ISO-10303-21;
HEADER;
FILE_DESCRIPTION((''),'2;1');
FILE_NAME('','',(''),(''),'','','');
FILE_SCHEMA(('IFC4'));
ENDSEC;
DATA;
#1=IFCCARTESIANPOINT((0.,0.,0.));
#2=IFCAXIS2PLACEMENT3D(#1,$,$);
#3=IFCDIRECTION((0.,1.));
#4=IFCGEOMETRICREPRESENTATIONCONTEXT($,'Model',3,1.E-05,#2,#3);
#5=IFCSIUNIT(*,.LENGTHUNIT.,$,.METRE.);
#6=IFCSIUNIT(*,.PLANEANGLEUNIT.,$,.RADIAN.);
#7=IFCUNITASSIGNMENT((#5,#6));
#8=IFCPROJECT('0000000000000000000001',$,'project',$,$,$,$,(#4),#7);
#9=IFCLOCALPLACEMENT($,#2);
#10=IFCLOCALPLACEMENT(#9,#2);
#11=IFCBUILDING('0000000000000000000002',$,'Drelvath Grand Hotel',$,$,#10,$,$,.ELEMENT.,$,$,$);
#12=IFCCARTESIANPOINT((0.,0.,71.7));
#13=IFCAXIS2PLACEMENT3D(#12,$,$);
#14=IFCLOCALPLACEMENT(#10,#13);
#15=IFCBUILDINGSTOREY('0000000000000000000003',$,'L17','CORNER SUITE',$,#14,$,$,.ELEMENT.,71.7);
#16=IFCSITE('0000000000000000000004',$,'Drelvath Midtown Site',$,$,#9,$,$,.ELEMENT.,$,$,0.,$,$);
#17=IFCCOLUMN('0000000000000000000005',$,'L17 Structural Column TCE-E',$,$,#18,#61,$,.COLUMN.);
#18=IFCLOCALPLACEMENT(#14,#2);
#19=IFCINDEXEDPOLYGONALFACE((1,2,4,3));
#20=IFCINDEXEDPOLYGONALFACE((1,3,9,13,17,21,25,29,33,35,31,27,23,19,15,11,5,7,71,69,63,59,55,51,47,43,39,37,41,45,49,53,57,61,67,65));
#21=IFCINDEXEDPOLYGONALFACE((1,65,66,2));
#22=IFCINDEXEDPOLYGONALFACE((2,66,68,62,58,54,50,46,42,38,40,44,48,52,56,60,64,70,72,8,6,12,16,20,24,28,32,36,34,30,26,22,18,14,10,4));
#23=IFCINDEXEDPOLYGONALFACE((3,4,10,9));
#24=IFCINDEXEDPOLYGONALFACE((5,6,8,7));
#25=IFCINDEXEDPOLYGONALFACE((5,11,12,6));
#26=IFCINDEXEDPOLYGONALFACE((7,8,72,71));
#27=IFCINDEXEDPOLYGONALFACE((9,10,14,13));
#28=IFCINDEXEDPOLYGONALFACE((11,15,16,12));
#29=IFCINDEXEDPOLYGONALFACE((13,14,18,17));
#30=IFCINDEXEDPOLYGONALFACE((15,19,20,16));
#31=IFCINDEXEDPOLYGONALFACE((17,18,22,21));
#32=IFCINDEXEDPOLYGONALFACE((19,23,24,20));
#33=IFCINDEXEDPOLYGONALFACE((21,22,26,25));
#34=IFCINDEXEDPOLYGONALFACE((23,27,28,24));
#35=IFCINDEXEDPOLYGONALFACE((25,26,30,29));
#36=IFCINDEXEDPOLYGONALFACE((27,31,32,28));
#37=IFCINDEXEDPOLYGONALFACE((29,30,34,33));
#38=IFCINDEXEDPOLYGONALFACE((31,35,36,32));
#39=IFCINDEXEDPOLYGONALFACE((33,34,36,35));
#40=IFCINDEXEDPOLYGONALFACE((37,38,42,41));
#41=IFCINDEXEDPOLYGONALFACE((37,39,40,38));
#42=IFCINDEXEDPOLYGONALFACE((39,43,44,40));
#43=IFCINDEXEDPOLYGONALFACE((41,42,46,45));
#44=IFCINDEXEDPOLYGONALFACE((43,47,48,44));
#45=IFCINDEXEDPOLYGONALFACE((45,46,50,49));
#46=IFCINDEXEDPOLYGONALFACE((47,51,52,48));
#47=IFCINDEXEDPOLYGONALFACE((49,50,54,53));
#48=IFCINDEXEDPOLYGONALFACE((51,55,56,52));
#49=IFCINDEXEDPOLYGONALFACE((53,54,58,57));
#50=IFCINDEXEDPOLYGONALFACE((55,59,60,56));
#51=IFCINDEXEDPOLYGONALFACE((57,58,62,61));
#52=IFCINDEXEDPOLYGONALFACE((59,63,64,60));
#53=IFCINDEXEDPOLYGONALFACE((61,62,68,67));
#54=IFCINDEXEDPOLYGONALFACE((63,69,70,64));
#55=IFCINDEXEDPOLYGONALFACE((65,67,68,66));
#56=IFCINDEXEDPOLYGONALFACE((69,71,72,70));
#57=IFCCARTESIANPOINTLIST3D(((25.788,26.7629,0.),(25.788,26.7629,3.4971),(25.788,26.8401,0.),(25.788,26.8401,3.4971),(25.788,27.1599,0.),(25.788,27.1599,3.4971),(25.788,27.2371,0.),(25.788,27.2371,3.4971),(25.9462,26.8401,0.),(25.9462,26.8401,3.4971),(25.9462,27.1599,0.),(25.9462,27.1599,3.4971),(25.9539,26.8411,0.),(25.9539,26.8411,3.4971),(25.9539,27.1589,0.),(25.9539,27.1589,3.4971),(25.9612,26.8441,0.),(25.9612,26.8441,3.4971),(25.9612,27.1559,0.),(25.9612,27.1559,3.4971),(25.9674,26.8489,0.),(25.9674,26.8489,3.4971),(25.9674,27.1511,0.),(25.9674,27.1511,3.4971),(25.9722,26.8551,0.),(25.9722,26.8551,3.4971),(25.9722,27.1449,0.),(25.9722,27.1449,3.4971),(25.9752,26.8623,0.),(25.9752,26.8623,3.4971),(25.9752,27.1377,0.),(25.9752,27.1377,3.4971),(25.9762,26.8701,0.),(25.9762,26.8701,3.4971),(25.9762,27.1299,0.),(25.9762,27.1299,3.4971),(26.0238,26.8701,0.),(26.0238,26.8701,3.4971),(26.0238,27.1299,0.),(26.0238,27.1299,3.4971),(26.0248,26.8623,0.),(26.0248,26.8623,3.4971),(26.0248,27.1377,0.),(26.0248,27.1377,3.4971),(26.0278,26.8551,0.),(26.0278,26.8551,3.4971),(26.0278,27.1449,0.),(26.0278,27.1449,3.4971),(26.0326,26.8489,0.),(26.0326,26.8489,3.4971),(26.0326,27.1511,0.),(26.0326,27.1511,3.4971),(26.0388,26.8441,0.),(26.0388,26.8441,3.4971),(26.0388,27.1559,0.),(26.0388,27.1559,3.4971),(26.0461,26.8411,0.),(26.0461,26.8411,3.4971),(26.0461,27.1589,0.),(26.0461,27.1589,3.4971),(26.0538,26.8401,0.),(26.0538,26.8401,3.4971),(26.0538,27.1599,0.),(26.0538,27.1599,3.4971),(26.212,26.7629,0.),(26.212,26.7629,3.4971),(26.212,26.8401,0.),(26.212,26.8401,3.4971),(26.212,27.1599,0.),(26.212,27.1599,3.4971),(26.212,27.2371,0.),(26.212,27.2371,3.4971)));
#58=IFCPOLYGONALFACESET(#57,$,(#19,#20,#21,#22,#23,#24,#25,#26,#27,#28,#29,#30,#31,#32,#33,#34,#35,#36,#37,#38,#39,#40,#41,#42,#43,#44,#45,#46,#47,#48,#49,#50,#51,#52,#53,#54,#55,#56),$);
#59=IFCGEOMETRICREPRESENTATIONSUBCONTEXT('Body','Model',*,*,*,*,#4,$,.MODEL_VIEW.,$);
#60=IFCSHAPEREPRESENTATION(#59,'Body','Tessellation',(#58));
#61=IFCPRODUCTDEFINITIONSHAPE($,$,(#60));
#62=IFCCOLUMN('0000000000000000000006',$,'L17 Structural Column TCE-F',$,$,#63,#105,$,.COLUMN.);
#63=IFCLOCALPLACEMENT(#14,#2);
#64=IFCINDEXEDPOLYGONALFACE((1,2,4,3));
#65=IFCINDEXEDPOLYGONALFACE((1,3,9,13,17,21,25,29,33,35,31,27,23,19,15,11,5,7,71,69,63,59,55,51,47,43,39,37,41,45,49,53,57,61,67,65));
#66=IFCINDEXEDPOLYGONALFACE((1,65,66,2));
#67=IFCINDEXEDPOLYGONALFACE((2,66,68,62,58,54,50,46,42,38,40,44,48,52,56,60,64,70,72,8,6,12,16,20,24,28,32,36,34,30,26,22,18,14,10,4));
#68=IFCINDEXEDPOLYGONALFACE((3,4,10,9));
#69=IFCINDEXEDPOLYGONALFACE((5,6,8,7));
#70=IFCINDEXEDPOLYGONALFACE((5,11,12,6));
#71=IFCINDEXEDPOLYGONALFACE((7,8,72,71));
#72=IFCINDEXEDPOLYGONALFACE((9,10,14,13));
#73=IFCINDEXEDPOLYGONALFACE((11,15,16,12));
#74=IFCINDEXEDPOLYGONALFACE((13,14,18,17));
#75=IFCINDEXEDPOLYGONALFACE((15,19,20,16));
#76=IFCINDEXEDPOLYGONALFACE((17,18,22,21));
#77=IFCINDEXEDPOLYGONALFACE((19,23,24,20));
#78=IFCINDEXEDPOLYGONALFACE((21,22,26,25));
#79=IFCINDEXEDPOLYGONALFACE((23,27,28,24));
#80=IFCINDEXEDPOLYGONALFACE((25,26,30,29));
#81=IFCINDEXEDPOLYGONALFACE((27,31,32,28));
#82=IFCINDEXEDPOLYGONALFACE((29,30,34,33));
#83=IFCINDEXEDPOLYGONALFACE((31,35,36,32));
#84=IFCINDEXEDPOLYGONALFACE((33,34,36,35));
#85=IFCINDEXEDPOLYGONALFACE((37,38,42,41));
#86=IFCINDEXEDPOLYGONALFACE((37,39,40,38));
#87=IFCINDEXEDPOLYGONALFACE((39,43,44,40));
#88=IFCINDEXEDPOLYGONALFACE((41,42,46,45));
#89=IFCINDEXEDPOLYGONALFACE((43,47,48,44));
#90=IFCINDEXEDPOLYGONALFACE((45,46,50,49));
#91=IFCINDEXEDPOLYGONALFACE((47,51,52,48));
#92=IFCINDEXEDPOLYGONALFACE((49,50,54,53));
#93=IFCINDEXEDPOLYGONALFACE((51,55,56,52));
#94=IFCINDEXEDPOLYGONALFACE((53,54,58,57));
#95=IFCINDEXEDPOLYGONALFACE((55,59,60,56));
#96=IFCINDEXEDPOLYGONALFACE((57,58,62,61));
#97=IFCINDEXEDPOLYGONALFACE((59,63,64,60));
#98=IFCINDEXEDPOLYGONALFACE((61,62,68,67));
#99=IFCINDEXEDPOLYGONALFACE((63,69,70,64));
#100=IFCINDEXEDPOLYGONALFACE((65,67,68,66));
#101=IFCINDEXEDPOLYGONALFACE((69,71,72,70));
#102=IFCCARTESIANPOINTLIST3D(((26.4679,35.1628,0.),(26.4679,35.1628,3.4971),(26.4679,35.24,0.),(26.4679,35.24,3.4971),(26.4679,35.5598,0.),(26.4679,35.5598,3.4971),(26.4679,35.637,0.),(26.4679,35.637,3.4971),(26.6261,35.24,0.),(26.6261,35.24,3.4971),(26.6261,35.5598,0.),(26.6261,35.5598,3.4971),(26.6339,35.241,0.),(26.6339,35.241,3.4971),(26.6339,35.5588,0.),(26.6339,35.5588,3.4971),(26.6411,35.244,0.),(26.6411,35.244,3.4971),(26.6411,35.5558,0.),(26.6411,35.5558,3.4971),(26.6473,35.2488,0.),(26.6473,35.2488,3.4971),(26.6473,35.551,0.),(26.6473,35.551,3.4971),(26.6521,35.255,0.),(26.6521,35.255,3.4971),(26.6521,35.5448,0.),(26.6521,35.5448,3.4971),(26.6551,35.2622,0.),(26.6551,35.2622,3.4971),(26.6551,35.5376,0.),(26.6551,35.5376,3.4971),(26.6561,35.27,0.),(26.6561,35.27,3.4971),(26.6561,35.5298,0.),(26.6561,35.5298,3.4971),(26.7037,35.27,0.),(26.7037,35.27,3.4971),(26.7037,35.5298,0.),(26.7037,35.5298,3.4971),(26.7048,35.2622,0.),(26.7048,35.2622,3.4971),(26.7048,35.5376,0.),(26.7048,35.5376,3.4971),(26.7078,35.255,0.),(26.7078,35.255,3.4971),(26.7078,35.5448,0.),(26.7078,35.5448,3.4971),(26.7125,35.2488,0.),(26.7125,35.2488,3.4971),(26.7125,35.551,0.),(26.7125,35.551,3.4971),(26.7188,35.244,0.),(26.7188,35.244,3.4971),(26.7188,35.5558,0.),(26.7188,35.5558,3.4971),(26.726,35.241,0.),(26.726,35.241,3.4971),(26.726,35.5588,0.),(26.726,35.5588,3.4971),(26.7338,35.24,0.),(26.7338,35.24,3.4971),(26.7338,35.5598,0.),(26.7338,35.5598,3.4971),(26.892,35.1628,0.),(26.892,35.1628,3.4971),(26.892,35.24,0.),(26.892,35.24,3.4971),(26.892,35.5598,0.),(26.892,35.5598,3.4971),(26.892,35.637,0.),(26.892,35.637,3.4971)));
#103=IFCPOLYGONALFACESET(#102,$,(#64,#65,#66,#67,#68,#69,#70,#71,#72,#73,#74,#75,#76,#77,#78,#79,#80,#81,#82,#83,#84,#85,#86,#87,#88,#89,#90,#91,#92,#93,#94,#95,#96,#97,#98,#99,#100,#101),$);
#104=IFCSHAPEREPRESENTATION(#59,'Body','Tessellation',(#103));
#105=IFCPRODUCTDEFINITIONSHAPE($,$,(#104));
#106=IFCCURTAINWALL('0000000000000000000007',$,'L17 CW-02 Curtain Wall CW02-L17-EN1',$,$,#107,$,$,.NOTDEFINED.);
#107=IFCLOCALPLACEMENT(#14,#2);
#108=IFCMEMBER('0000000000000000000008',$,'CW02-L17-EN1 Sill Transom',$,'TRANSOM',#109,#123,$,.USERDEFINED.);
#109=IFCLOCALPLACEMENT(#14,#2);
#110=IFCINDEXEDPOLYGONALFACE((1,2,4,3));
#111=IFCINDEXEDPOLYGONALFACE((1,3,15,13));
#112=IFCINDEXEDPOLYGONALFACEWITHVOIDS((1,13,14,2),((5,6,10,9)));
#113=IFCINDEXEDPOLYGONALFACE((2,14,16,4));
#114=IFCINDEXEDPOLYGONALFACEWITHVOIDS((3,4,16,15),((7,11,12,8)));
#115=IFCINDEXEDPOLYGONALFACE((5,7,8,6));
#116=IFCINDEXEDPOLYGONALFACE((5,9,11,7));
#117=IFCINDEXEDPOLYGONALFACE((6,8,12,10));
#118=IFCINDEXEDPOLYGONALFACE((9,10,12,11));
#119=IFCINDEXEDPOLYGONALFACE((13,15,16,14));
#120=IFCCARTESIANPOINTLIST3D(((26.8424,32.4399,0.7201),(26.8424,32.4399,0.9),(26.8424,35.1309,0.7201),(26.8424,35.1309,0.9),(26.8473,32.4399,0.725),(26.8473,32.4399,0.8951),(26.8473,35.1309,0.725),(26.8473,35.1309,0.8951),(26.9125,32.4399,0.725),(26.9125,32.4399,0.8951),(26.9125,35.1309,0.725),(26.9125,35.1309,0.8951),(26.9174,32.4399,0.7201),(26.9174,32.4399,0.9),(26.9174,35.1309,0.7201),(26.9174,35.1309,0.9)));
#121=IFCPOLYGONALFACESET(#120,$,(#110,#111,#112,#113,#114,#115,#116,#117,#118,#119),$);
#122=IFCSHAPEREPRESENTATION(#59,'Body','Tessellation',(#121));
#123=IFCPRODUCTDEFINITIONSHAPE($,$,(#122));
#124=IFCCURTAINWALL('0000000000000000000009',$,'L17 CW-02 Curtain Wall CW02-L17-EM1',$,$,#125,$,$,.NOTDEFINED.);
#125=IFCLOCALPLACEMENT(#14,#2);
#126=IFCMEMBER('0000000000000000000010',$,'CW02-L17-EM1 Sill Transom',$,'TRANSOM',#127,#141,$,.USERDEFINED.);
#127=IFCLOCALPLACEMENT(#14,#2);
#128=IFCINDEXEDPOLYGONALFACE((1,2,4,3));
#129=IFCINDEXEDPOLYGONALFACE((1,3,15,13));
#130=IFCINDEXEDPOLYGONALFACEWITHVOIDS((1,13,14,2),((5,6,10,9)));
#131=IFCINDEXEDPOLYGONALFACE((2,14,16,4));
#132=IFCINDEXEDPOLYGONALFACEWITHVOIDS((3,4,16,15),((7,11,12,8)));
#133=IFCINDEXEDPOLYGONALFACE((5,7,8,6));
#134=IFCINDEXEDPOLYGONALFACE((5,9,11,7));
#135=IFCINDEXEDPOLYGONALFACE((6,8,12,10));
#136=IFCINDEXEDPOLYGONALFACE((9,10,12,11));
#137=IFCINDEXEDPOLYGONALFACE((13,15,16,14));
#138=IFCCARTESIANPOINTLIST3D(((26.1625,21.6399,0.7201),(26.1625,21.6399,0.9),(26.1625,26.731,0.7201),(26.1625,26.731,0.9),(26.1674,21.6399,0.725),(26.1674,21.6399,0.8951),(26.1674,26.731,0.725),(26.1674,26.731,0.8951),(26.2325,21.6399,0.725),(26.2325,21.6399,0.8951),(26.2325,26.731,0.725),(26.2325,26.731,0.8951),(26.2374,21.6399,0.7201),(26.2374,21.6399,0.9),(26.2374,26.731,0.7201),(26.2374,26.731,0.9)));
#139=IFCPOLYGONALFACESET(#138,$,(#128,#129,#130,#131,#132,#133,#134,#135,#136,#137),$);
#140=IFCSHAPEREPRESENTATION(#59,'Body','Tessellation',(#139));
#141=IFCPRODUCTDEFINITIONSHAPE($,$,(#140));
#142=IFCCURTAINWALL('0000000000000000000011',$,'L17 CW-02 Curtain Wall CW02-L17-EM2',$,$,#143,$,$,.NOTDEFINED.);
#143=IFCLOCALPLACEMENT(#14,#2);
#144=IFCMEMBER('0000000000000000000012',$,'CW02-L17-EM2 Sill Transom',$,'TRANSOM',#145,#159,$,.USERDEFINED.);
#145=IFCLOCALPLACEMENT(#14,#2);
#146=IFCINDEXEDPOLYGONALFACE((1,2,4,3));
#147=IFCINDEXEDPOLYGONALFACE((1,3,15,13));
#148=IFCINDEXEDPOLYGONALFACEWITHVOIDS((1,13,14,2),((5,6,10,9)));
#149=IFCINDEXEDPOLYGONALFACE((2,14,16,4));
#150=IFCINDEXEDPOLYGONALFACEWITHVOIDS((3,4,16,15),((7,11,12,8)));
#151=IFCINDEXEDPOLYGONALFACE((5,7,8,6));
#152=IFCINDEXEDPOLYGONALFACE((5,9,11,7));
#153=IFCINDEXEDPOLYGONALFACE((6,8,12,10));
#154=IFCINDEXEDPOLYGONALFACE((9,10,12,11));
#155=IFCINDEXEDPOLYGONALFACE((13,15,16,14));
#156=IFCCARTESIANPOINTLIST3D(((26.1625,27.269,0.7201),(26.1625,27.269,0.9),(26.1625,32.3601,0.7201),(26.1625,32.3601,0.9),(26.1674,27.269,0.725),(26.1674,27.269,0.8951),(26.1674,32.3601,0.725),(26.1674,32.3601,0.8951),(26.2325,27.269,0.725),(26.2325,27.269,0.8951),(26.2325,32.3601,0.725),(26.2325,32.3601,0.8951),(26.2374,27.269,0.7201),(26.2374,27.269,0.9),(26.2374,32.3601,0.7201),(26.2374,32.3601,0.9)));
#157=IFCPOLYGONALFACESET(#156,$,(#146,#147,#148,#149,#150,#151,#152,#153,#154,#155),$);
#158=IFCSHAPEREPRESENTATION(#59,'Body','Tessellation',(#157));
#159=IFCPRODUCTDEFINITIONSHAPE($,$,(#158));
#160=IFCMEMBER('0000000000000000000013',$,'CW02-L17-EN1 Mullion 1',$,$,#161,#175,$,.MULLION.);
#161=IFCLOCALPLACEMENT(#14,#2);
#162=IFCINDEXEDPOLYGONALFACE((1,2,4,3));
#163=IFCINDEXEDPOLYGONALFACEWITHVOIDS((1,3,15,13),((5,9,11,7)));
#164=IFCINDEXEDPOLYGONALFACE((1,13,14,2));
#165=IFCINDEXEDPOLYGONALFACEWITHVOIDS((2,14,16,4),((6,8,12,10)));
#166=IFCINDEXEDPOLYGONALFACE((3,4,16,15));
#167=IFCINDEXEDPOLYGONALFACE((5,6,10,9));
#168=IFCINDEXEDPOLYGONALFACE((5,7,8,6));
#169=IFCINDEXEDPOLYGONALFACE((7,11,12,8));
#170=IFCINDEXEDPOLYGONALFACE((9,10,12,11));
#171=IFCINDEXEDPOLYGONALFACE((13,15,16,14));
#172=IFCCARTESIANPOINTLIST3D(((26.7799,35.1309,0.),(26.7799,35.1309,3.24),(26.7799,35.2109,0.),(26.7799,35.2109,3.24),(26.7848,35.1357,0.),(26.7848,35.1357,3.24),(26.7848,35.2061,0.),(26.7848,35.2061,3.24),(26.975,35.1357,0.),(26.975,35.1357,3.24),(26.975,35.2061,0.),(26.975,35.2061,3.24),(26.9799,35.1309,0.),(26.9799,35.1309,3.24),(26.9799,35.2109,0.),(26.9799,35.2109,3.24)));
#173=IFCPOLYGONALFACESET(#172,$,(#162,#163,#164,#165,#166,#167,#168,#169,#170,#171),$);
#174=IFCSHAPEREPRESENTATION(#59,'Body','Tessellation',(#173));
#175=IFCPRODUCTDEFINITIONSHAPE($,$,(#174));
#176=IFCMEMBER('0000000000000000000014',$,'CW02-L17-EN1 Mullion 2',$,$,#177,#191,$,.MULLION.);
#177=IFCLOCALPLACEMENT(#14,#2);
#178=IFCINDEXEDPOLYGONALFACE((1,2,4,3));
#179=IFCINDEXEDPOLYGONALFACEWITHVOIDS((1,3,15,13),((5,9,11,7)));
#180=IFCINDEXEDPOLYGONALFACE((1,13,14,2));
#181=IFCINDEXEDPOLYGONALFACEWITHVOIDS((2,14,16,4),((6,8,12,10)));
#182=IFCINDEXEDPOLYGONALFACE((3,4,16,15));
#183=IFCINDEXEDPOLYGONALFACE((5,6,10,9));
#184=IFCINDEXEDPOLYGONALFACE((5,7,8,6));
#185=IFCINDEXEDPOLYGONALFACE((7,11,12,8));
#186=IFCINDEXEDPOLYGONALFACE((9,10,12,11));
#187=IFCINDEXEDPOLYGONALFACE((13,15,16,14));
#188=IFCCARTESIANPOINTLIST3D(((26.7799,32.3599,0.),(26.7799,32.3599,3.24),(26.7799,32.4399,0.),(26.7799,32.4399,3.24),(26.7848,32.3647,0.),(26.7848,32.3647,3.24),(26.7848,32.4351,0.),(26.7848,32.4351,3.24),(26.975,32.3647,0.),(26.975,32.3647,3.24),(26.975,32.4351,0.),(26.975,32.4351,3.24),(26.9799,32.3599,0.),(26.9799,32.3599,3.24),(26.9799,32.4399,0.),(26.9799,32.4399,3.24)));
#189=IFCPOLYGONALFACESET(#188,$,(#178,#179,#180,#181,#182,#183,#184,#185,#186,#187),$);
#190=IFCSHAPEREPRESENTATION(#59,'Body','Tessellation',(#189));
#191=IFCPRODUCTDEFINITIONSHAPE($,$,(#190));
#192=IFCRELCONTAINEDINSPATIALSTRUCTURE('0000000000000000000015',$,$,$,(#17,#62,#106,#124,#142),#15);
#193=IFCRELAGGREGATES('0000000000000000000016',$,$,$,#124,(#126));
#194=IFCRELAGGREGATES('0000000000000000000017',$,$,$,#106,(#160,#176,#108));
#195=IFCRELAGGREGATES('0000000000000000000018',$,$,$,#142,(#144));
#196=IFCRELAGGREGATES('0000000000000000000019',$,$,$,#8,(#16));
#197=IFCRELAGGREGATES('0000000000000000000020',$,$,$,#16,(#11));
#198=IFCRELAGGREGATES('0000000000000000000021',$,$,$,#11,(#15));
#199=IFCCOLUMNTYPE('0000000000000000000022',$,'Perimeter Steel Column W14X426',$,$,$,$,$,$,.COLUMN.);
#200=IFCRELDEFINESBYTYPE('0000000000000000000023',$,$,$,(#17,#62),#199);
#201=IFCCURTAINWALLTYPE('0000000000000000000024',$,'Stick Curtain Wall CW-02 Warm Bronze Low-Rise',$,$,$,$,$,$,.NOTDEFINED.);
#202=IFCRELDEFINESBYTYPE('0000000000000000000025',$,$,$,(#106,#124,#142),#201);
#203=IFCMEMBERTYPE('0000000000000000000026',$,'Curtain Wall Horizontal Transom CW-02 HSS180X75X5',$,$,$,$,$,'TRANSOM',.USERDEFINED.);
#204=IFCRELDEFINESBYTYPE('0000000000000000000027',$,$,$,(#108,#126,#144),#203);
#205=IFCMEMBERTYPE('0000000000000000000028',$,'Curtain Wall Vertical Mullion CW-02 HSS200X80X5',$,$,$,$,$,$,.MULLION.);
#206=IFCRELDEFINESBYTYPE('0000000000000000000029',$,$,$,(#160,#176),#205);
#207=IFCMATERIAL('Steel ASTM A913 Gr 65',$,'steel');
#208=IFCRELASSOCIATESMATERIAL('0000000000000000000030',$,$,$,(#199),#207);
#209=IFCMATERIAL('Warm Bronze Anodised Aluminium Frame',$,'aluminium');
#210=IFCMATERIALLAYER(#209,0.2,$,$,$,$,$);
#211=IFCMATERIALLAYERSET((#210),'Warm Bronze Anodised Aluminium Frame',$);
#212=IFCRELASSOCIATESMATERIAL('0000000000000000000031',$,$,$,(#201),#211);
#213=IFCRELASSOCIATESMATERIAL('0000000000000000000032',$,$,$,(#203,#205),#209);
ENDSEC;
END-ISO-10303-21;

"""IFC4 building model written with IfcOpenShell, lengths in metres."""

from ifc_helpers import new_model, si_unit, direction, frame, origin, origin_2d, place, context, subcontext, project, spatial, hollow_rectangle, i_section, extrude, material, layer, layer_set, material_profile, profile_set, type_object, element, aggregate, save


model = new_model("IFC4")

# Units and contexts
model_context = context("Model", 3, precision=1e-05, world=origin(), true_north=direction((0.0, 1.0)))
body_context = subcontext(model_context, "Body", "Model", "MODEL_VIEW")
ifc_project = project(units=[si_unit("LENGTHUNIT", "METRE"), si_unit("PLANEANGLEUNIT", "RADIAN")], contexts=[model_context])

# Site, building, storey
site_placement = place(None, origin())
site = spatial("IfcSite", under=ifc_project, at=site_placement, Name="Drelvath Midtown Site", CompositionType="ELEMENT", RefElevation=0.0)
building_placement = place(site_placement, origin())
building = spatial("IfcBuilding", under=site, at=building_placement, Name="Drelvath Grand Hotel", CompositionType="ELEMENT")
storey_placement = place(building_placement, frame((0.0, 0.0, 71.7)))
storey = spatial("IfcBuildingStorey", under=building, at=storey_placement, Name="L17", Description="CORNER SUITE", CompositionType="ELEMENT", Elevation=71.7)

# Columns
ifc_material_1 = material(Name="Steel ASTM A913 Gr 65", Category="steel")
ifc_material_profile_1 = material_profile(ifc_material_1, i_section(OverallWidth=0.4241, OverallDepth=0.4741, WebThickness=0.0476, FlangeThickness=0.0771, FilletRadius=0.03, at=origin_2d()), Name="W14X426")
ifc_profile_set_1 = profile_set([ifc_material_profile_1], Name="Steel ASTM A913 Gr 65")
column_type = type_object("IfcColumnType", Name="Perimeter Steel Column W14X426", PredefinedType="COLUMN", material=ifc_profile_set_1)
for number, where, z_axis, x_axis, name in (
    (1, (26.0, 27.0, 0.0), (0.0, 0.0, 1.0), (1.0, 0.0, 0.0), "L17 Structural Column TCE-E"),
    (2, (26.6799, 35.3999, 0.0), (0.0, 0.0, 1.0), (1.0, 0.0, 0.0), "L17 Structural Column TCE-F"),
):
    element("IfcColumn", number, at=place(storey_placement, frame(where, z_axis=z_axis, x_axis=x_axis)), inside=storey, type_object=column_type, Name=name, PredefinedType="COLUMN", context=body_context, shape_type="SweptSolid", body=[
        extrude(i_section(OverallWidth=0.4241, OverallDepth=0.4741, WebThickness=0.0476, FlangeThickness=0.0771, FilletRadius=0.03, at=origin_2d()), origin(), (0.0, 0.0, 1.0), 3.4971),
    ])

# Curtain walls, members
ifc_material_2 = material(Name="Warm Bronze Anodised Aluminium Frame", Category="aluminium")
ifc_layer_1 = layer(ifc_material_2, 0.2)
ifc_layer_set_1 = layer_set([ifc_layer_1], Name="Warm Bronze Anodised Aluminium Frame")
curtain_wall_type = type_object("IfcCurtainWallType", Name="Stick Curtain Wall CW-02 Warm Bronze Low-Rise", PredefinedType="NOTDEFINED", material=ifc_layer_set_1)
curtain_wall_1_placement = place(storey_placement, origin())
curtain_wall_1 = element("IfcCurtainWall", 3, at=curtain_wall_1_placement, inside=storey, type_object=curtain_wall_type, Name="L17 CW-02 Curtain Wall CW02-L17-EN1", PredefinedType="NOTDEFINED")
ifc_material_profile_2 = material_profile(ifc_material_2, hollow_rectangle(XDim=0.075, YDim=0.1799, WallThickness=0.0049, at=origin_2d()), Name="HSS180X75X5")
ifc_profile_set_2 = profile_set([ifc_material_profile_2], Name="Warm Bronze Anodised Aluminium Frame")
member_type_1 = type_object("IfcMemberType", Name="Curtain Wall Horizontal Transom CW-02 HSS180X75X5", ElementType="TRANSOM", PredefinedType="USERDEFINED", material=ifc_profile_set_2)
member_1_placement = place(storey_placement, frame((26.8799, 35.1309, 0.8101), z_axis=(0.0, -1.0, 0.0), x_axis=(1.0, 0.0, 0.0)))
member_1 = element("IfcMember", 4, at=member_1_placement, type_object=member_type_1, Name="CW02-L17-EN1 Sill Transom", ObjectType="TRANSOM", PredefinedType="USERDEFINED", context=body_context, shape_type="SweptSolid", body=[
    extrude(hollow_rectangle(XDim=0.075, YDim=0.1799, WallThickness=0.0049, at=origin_2d()), origin(), (0.0, 0.0, 1.0), 2.6909),
])
curtain_wall_2_placement = place(storey_placement, origin())
curtain_wall_2 = element("IfcCurtainWall", 5, at=curtain_wall_2_placement, inside=storey, type_object=curtain_wall_type, Name="L17 CW-02 Curtain Wall CW02-L17-EM1", PredefinedType="NOTDEFINED")
member_2_placement = place(storey_placement, frame((26.2, 26.731, 0.8101), z_axis=(0.0, -1.0, 0.0), x_axis=(1.0, 0.0, 0.0)))
member_2 = element("IfcMember", 6, at=member_2_placement, type_object=member_type_1, Name="CW02-L17-EM1 Sill Transom", ObjectType="TRANSOM", PredefinedType="USERDEFINED", context=body_context, shape_type="SweptSolid", body=[
    extrude(hollow_rectangle(XDim=0.075, YDim=0.1799, WallThickness=0.0049, at=origin_2d()), origin(), (0.0, 0.0, 1.0), 5.0911),
])
curtain_wall_3_placement = place(storey_placement, origin())
curtain_wall_3 = element("IfcCurtainWall", 7, at=curtain_wall_3_placement, inside=storey, type_object=curtain_wall_type, Name="L17 CW-02 Curtain Wall CW02-L17-EM2", PredefinedType="NOTDEFINED")
member_3_placement = place(storey_placement, frame((26.2, 32.3601, 0.8101), z_axis=(0.0, -1.0, 0.0), x_axis=(1.0, 0.0, 0.0)))
member_3 = element("IfcMember", 8, at=member_3_placement, type_object=member_type_1, Name="CW02-L17-EM2 Sill Transom", ObjectType="TRANSOM", PredefinedType="USERDEFINED", context=body_context, shape_type="SweptSolid", body=[
    extrude(hollow_rectangle(XDim=0.075, YDim=0.1799, WallThickness=0.0049, at=origin_2d()), origin(), (0.0, 0.0, 1.0), 5.0911),
])

# Members
ifc_material_profile_3 = material_profile(ifc_material_2, hollow_rectangle(XDim=0.0801, YDim=0.2, WallThickness=0.0049, at=origin_2d()), Name="HSS200X80X5")
ifc_profile_set_3 = profile_set([ifc_material_profile_3], Name="Warm Bronze Anodised Aluminium Frame")
member_type_2 = type_object("IfcMemberType", Name="Curtain Wall Vertical Mullion CW-02 HSS200X80X5", PredefinedType="MULLION", material=ifc_profile_set_3)
member_4_placement = place(storey_placement, frame((26.8799, 35.1709, 0.0), z_axis=(0.0, 0.0, 1.0), x_axis=(0.0, 1.0, 0.0)))
member_4 = element("IfcMember", 9, at=member_4_placement, type_object=member_type_2, Name="CW02-L17-EN1 Mullion 1", PredefinedType="MULLION", context=body_context, shape_type="SweptSolid", body=[
    extrude(hollow_rectangle(XDim=0.0801, YDim=0.2, WallThickness=0.0049, at=origin_2d()), origin(), (0.0, 0.0, 1.0), 3.24),
])
member_5_placement = place(storey_placement, frame((26.8799, 32.3999, 0.0), z_axis=(0.0, 0.0, 1.0), x_axis=(0.0, 1.0, 0.0)))
member_5 = element("IfcMember", 10, at=member_5_placement, type_object=member_type_2, Name="CW02-L17-EN1 Mullion 2", PredefinedType="MULLION", context=body_context, shape_type="SweptSolid", body=[
    extrude(hollow_rectangle(XDim=0.0801, YDim=0.2, WallThickness=0.0049, at=origin_2d()), origin(), (0.0, 0.0, 1.0), 3.24),
])
aggregate(curtain_wall_2, [member_2])

aggregate(curtain_wall_1, [member_4, member_5, member_1])
aggregate(curtain_wall_3, [member_3])

save(model, "model.ifc")
